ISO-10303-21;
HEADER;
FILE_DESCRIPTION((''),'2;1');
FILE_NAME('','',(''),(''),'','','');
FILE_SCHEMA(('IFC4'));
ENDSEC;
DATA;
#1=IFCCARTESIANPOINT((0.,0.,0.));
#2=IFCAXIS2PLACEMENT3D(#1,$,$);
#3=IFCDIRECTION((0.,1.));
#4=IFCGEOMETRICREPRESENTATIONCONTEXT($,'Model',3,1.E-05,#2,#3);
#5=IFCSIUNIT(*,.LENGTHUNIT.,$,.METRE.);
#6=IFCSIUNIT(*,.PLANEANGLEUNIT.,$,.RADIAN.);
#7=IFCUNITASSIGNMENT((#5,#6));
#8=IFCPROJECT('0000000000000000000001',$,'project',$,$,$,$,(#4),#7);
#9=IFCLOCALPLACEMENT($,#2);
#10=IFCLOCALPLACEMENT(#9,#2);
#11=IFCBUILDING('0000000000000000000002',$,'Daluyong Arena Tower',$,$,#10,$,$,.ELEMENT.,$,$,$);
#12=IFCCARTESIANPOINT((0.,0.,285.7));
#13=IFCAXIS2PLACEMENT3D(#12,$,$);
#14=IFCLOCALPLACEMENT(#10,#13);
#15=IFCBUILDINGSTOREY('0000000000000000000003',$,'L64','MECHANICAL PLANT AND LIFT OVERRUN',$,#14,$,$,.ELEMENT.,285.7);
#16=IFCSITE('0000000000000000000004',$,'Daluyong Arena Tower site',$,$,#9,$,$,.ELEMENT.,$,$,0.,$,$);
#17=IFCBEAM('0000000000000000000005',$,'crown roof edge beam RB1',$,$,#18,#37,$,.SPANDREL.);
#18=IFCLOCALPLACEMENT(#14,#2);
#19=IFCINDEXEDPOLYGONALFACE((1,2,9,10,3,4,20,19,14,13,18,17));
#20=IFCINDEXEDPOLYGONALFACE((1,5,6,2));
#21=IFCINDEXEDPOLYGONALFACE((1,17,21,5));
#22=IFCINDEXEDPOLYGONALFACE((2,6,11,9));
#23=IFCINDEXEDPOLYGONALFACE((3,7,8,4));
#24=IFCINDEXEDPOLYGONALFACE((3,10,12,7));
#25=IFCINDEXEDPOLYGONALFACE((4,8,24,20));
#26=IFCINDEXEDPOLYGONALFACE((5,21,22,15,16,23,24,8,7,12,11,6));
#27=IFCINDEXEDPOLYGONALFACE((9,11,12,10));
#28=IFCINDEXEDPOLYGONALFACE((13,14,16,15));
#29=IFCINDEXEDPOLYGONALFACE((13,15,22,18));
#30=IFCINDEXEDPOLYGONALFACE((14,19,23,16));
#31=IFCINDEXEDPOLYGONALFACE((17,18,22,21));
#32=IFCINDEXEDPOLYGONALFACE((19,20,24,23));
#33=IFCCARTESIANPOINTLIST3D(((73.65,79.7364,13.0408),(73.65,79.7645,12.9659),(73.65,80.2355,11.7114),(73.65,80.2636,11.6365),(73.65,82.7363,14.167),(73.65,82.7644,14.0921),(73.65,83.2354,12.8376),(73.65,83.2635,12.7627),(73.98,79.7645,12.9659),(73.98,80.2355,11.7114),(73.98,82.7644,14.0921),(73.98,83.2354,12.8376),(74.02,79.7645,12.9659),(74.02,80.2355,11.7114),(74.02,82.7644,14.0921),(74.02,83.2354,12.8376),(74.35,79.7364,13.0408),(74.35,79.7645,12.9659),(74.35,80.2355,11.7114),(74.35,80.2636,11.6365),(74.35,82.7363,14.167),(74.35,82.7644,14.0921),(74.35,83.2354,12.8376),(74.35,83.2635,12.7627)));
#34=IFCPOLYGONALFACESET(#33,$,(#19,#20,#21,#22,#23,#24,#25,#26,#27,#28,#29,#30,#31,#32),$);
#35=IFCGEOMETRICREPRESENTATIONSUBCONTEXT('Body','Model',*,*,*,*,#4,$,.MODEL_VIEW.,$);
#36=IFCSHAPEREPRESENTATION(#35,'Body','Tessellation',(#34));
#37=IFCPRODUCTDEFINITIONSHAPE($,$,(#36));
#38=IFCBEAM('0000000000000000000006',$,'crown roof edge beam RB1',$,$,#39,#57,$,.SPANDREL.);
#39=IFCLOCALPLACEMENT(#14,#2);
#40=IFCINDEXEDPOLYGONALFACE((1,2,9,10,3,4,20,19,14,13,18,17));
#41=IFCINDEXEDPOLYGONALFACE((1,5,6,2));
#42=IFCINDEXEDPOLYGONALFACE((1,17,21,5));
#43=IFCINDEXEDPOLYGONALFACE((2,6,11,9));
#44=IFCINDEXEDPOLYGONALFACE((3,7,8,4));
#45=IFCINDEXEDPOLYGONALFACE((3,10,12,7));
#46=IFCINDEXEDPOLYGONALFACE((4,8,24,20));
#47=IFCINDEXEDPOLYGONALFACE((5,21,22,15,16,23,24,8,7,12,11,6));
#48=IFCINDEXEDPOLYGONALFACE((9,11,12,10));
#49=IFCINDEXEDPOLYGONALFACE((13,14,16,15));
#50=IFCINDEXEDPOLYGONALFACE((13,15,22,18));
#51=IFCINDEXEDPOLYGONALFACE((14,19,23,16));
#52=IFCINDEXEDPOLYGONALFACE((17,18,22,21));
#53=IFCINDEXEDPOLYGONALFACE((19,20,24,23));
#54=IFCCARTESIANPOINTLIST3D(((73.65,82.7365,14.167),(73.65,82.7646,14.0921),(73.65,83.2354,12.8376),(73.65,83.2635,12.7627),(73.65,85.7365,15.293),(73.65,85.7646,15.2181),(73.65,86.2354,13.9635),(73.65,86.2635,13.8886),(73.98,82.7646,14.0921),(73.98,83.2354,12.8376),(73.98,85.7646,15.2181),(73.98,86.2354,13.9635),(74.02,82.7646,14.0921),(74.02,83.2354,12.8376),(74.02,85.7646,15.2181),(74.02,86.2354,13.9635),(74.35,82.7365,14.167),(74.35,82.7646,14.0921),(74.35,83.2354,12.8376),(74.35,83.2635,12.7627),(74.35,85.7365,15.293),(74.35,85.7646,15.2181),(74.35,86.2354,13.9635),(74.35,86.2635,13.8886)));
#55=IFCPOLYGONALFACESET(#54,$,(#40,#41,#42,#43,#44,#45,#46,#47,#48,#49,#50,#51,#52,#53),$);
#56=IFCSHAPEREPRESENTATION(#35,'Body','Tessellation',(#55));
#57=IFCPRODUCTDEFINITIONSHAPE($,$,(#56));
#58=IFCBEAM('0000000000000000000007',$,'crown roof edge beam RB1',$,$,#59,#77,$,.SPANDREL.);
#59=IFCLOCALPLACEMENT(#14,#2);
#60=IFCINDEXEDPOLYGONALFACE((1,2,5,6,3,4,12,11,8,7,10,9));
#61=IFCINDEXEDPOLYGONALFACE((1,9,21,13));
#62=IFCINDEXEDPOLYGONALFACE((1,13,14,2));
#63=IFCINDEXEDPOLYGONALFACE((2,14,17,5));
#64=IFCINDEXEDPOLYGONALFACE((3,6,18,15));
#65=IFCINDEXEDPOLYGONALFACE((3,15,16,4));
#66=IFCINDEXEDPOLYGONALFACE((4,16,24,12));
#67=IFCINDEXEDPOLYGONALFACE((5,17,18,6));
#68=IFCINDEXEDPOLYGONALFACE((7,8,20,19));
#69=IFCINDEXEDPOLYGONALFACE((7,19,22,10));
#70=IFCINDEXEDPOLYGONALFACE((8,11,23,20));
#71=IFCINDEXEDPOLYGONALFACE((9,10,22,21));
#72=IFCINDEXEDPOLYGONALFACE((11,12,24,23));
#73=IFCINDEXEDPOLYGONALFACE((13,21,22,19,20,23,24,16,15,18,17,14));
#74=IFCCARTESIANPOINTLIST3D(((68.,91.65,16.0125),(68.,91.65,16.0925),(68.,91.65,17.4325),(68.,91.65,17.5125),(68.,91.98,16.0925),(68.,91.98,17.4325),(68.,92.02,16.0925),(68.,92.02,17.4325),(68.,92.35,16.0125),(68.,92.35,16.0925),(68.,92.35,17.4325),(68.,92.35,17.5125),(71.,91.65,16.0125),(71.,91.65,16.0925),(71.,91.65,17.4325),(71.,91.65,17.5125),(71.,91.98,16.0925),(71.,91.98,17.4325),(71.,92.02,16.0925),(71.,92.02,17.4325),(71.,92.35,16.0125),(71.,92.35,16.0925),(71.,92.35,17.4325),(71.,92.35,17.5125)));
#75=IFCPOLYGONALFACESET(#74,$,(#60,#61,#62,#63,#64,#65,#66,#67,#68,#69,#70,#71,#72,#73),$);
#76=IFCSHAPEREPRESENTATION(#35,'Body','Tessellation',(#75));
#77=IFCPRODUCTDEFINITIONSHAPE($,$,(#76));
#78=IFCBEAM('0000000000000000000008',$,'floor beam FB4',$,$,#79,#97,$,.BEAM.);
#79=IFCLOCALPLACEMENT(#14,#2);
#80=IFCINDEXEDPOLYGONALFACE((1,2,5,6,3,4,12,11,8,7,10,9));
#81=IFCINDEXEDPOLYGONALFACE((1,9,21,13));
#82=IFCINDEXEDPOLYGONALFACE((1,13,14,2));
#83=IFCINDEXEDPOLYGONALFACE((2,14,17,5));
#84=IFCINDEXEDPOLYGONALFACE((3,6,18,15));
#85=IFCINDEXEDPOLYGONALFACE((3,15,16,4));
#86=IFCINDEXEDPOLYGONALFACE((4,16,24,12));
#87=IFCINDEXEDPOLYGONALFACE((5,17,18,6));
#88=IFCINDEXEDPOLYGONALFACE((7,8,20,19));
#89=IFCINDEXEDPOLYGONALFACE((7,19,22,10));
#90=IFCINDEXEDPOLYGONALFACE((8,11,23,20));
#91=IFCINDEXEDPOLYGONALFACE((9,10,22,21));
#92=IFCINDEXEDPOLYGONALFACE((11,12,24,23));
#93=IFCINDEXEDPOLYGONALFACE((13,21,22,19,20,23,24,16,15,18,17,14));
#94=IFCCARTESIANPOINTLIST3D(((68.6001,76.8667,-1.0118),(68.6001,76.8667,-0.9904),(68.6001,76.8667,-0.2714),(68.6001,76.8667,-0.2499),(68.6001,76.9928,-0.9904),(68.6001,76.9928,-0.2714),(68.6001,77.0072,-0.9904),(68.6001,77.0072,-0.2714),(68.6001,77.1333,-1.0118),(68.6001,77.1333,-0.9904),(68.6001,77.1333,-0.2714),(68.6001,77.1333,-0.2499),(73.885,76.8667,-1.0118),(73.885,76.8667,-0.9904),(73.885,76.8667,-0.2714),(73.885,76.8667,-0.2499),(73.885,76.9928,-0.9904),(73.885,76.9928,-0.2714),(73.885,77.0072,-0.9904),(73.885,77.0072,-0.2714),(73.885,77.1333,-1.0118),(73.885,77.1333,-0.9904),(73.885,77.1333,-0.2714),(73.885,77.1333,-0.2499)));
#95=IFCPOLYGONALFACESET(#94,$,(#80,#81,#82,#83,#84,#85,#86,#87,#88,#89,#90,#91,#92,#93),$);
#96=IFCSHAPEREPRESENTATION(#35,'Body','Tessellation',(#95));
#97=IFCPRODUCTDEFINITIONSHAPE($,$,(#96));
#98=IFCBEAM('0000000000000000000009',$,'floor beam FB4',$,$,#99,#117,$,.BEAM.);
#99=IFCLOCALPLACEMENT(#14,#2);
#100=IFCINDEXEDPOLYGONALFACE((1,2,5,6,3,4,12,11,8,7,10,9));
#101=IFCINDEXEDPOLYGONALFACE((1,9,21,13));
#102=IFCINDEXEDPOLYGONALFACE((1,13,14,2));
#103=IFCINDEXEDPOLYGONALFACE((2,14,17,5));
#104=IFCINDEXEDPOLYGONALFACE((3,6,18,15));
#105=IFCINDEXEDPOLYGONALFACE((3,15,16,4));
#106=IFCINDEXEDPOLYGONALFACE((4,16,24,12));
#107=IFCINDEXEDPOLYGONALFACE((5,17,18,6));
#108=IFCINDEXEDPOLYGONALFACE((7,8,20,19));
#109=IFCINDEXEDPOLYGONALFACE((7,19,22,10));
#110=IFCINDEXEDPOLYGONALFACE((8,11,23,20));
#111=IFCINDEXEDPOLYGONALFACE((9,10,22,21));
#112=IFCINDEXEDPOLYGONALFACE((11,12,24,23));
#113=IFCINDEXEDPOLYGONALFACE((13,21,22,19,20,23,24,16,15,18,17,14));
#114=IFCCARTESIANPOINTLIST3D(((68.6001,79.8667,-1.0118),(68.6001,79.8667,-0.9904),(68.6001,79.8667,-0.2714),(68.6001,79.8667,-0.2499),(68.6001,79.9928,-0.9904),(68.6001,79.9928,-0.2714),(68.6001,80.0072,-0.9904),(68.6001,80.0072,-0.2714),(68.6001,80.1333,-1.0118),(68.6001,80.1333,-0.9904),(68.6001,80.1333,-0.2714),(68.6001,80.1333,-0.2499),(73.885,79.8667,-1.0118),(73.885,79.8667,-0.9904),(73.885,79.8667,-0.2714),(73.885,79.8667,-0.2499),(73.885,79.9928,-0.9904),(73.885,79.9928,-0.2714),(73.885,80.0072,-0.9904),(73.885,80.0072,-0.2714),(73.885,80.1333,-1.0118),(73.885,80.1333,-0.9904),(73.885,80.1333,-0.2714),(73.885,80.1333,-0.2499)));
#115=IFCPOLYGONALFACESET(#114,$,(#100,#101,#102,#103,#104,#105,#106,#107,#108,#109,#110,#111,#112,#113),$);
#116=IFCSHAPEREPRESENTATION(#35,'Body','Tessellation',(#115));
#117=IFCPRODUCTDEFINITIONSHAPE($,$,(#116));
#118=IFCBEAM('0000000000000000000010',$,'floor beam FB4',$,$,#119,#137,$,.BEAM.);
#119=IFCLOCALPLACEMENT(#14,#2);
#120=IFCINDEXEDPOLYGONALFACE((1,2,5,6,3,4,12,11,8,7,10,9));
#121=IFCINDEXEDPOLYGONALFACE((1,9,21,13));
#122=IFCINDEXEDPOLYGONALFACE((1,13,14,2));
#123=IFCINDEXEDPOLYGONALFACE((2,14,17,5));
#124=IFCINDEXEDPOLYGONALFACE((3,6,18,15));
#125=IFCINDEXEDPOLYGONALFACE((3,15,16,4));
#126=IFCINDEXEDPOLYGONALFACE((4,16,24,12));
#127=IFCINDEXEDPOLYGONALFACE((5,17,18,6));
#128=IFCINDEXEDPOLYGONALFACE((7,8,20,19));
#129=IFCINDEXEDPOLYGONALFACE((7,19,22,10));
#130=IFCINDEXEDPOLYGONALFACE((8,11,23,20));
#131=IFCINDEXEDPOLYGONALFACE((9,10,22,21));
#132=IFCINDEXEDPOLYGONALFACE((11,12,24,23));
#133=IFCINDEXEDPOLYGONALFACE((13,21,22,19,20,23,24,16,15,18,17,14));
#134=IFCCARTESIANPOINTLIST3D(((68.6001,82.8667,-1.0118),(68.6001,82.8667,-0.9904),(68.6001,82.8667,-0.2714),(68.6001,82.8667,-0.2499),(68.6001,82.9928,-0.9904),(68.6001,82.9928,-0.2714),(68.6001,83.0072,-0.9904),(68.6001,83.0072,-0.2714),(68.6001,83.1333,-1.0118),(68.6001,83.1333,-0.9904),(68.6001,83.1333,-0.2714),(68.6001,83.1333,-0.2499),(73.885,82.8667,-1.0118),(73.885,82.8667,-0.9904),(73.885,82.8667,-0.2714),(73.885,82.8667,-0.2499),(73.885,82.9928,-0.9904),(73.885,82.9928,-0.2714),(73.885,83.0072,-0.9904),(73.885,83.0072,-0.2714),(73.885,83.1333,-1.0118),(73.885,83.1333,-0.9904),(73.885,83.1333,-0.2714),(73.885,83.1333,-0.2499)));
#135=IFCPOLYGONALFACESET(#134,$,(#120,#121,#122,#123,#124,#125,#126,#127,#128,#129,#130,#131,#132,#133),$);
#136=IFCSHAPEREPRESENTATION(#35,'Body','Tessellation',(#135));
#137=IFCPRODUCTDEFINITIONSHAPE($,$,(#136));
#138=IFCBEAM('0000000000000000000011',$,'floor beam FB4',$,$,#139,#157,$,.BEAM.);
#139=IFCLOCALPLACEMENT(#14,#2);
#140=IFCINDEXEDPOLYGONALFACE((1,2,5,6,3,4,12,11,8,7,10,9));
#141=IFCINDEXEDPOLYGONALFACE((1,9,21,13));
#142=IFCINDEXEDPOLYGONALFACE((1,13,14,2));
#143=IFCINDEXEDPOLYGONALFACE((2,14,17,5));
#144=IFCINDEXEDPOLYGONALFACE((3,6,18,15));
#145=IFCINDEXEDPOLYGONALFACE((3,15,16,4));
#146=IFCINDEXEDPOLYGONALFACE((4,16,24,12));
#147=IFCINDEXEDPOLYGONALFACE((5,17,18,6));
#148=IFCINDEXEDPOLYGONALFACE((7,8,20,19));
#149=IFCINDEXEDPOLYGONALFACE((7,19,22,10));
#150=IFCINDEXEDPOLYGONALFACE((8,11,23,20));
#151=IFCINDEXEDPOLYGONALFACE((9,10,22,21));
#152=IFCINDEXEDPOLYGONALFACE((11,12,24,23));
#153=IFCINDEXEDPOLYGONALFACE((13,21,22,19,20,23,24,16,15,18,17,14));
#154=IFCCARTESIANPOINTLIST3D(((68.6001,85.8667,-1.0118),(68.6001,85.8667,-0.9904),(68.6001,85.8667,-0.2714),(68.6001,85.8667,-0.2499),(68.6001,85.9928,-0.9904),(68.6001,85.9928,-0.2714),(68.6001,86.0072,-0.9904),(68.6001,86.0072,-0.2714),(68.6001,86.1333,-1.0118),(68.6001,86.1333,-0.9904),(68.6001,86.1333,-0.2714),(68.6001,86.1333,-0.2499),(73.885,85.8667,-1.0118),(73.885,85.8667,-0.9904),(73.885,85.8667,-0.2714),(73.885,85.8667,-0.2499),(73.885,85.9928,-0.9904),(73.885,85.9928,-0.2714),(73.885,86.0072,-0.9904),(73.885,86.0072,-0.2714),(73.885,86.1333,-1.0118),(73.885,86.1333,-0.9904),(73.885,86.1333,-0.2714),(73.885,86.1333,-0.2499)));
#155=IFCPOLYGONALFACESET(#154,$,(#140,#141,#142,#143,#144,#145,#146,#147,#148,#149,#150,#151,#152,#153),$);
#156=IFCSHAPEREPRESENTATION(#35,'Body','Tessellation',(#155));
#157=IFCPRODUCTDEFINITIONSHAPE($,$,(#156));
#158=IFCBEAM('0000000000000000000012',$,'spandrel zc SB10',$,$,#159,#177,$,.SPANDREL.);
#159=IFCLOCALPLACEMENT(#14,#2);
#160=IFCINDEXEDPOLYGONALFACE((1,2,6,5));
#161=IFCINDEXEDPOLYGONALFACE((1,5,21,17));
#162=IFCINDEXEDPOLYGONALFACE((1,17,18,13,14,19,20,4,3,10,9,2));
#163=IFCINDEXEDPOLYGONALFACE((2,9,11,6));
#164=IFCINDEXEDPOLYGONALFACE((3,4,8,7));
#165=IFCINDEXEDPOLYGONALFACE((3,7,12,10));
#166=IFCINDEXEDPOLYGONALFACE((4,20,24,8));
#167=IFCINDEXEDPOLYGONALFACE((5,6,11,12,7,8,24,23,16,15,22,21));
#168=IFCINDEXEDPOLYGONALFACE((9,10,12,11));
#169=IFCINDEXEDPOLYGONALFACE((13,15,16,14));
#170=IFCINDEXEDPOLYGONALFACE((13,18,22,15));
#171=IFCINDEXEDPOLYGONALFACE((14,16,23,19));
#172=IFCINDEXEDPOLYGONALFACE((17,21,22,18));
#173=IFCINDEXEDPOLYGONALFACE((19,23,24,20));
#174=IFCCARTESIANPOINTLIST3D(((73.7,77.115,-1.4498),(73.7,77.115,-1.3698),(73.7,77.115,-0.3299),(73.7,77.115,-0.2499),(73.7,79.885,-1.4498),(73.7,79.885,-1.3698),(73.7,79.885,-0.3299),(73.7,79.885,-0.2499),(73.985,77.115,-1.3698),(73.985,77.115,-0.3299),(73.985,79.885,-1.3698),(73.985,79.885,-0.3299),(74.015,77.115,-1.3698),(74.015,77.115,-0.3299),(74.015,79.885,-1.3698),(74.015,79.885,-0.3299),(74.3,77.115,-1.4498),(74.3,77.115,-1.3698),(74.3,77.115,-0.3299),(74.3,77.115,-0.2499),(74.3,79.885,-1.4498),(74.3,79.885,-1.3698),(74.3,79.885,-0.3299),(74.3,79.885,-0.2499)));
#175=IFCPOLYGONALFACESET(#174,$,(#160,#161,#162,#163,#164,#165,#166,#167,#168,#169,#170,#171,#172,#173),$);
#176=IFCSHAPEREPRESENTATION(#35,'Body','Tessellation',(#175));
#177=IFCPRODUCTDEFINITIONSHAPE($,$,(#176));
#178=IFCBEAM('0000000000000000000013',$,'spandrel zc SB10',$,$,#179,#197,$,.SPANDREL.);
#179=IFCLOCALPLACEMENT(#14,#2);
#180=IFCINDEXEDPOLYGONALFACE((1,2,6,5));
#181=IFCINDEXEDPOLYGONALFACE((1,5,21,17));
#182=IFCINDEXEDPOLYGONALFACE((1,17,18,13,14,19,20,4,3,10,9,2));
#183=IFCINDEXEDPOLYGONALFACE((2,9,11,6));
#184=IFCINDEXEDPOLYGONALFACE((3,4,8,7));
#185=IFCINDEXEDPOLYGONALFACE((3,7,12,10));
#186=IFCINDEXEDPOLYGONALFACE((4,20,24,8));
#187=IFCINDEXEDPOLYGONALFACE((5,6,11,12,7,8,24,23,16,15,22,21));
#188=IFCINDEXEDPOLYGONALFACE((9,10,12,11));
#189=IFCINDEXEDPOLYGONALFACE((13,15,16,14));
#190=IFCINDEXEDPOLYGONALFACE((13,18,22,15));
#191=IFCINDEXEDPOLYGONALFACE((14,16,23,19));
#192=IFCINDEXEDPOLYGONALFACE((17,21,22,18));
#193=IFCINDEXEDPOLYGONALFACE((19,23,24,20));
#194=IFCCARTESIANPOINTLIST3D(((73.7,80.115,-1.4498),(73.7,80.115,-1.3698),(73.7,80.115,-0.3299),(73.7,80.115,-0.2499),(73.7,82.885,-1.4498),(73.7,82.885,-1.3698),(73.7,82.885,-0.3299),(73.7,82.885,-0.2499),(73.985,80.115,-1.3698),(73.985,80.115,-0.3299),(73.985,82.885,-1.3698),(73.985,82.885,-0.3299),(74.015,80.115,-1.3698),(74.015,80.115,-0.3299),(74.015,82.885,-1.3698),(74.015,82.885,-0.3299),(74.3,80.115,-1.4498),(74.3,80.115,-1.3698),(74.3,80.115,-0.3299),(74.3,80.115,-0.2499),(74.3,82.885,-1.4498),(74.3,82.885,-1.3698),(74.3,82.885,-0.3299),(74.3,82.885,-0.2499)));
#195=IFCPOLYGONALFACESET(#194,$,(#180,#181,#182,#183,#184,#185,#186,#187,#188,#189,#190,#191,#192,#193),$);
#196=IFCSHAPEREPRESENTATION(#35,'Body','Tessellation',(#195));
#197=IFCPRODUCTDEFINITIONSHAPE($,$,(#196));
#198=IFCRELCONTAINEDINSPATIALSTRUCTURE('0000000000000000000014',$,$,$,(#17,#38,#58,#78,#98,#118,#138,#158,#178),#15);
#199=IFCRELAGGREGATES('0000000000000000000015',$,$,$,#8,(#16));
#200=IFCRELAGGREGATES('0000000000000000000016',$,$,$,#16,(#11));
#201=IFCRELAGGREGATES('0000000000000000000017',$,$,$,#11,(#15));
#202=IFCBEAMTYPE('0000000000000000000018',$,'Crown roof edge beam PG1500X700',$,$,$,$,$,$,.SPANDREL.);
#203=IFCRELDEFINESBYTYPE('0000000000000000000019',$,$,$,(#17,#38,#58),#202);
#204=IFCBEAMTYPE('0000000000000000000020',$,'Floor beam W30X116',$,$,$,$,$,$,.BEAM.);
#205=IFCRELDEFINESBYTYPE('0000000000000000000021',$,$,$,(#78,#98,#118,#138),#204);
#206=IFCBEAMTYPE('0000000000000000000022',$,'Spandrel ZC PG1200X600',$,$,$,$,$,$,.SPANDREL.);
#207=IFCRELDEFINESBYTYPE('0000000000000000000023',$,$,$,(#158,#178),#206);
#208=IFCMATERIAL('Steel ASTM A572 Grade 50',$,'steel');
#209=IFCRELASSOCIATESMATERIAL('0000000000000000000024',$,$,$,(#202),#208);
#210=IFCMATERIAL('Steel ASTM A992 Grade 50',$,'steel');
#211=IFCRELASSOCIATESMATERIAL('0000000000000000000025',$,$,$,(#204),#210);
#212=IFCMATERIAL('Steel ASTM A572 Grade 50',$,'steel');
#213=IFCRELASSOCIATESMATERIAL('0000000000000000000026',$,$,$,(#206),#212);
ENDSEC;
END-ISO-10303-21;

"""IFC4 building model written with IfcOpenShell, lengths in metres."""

from ifc_helpers import new_model, si_unit, direction, frame, origin, origin_2d, place, context, subcontext, project, spatial, i_section, extrude, material, material_profile, profile_set, type_object, element, save


model = new_model("IFC4")

# Units and contexts
model_context = context("Model", 3, precision=1e-05, world=origin(), true_north=direction((0.0, 1.0)))
body_context = subcontext(model_context, "Body", "Model", "MODEL_VIEW")
ifc_project = project(units=[si_unit("LENGTHUNIT", "METRE"), si_unit("PLANEANGLEUNIT", "RADIAN")], contexts=[model_context])

# Site, building, storey
site_placement = place(None, origin())
site = spatial("IfcSite", under=ifc_project, at=site_placement, Name="Daluyong Arena Tower site", CompositionType="ELEMENT", RefElevation=0.0)
building_placement = place(site_placement, origin())
building = spatial("IfcBuilding", under=site, at=building_placement, Name="Daluyong Arena Tower", CompositionType="ELEMENT")
storey_placement = place(building_placement, frame((0.0, 0.0, 285.7)))
storey = spatial("IfcBuildingStorey", under=building, at=storey_placement, Name="L64", Description="MECHANICAL PLANT AND LIFT OVERRUN", CompositionType="ELEMENT", Elevation=285.7)

# Beams
ifc_material_1 = material(Name="Steel ASTM A572 Grade 50", Category="steel")
ifc_material_profile_1 = material_profile(ifc_material_1, i_section(OverallWidth=0.7, OverallDepth=1.5, WebThickness=0.04, FlangeThickness=0.08, at=origin_2d()))
ifc_profile_set_1 = profile_set([ifc_material_profile_1], Name="Steel ASTM A572 Grade 50")
beam_type_1 = type_object("IfcBeamType", Name="Crown roof edge beam PG1500X700", PredefinedType="SPANDREL", material=ifc_profile_set_1)
for number, where, z_axis, x_axis, name in (
    (1, (74.0, 80.0, 12.3386), (0.0, 0.936204, 0.351457), (-1.0, 0.0, 0.0), "crown roof edge beam RB1"),
    (2, (74.0, 83.0, 13.4648), (0.0, 0.936229, 0.351391), (-1.0, 0.0, 0.0), "crown roof edge beam RB1"),
):
    element("IfcBeam", number, at=place(storey_placement, frame(where, z_axis=z_axis, x_axis=x_axis)), inside=storey, type_object=beam_type_1, Name=name, PredefinedType="SPANDREL", context=body_context, shape_type="SweptSolid", body=[
        extrude(i_section(OverallWidth=0.7, OverallDepth=1.5, WebThickness=0.04, FlangeThickness=0.08, at=origin_2d()), origin(), (0.0, 0.0, 1.0), 3.2043),
    ])
beam_1_placement = place(storey_placement, frame((71.0, 92.0, 16.7625), z_axis=(-1.0, 0.0, 0.0), x_axis=(0.0, -1.0, 0.0)))
element("IfcBeam", 3, at=beam_1_placement, inside=storey, type_object=beam_type_1, Name="crown roof edge beam RB1", PredefinedType="SPANDREL", context=body_context, shape_type="SweptSolid", body=[
    extrude(i_section(OverallWidth=0.7, OverallDepth=1.5, WebThickness=0.04, FlangeThickness=0.08, at=origin_2d()), origin(), (0.0, 0.0, 1.0), 3.0),
])
ifc_material_2 = material(Name="Steel ASTM A992 Grade 50", Category="steel")
ifc_material_profile_2 = material_profile(ifc_material_2, i_section(OverallWidth=0.2666, OverallDepth=0.762, WebThickness=0.0144, FlangeThickness=0.0215, at=origin_2d()))
ifc_profile_set_2 = profile_set([ifc_material_profile_2], Name="Steel ASTM A992 Grade 50")
beam_type_2 = type_object("IfcBeamType", Name="Floor beam W30X116", PredefinedType="BEAM", material=ifc_profile_set_2)
for number, where, z_axis, x_axis, name in (
    (4, (73.885, 77.0, -0.6309), (-1.0, 0.0, 0.0), (0.0, -1.0, 0.0), "floor beam FB4"),
    (5, (73.885, 80.0, -0.6309), (-1.0, 0.0, 0.0), (0.0, -1.0, 0.0), "floor beam FB4"),
    (6, (73.885, 83.0, -0.6309), (-1.0, 0.0, 0.0), (0.0, -1.0, 0.0), "floor beam FB4"),
    (7, (73.885, 86.0, -0.6309), (-1.0, 0.0, 0.0), (0.0, -1.0, 0.0), "floor beam FB4"),
):
    element("IfcBeam", number, at=place(storey_placement, frame(where, z_axis=z_axis, x_axis=x_axis)), inside=storey, type_object=beam_type_2, Name=name, PredefinedType="BEAM", context=body_context, shape_type="SweptSolid", body=[
        extrude(i_section(OverallWidth=0.2666, OverallDepth=0.762, WebThickness=0.0144, FlangeThickness=0.0215, at=origin_2d()), origin(), (0.0, 0.0, 1.0), 5.2849),
    ])
ifc_material_3 = material(Name="Steel ASTM A572 Grade 50", Category="steel")
ifc_material_profile_3 = material_profile(ifc_material_3, i_section(OverallWidth=0.6001, OverallDepth=1.2, WebThickness=0.03, FlangeThickness=0.08, at=origin_2d()))
ifc_profile_set_3 = profile_set([ifc_material_profile_3], Name="Steel ASTM A572 Grade 50")
beam_type_3 = type_object("IfcBeamType", Name="Spandrel ZC PG1200X600", PredefinedType="SPANDREL", material=ifc_profile_set_3)
for number, where, z_axis, x_axis, name in (
    (8, (74.0, 77.115, -0.8499), (0.0, 1.0, 0.0), (-1.0, 0.0, 0.0), "spandrel zc SB10"),
    (9, (74.0, 80.115, -0.8499), (0.0, 1.0, 0.0), (-1.0, 0.0, 0.0), "spandrel zc SB10"),
):
    element("IfcBeam", number, at=place(storey_placement, frame(where, z_axis=z_axis, x_axis=x_axis)), inside=storey, type_object=beam_type_3, Name=name, PredefinedType="SPANDREL", context=body_context, shape_type="SweptSolid", body=[
        extrude(i_section(OverallWidth=0.6001, OverallDepth=1.2, WebThickness=0.03, FlangeThickness=0.08, at=origin_2d()), origin(), (0.0, 0.0, 1.0), 2.77),
    ])

save(model, "model.ifc")
